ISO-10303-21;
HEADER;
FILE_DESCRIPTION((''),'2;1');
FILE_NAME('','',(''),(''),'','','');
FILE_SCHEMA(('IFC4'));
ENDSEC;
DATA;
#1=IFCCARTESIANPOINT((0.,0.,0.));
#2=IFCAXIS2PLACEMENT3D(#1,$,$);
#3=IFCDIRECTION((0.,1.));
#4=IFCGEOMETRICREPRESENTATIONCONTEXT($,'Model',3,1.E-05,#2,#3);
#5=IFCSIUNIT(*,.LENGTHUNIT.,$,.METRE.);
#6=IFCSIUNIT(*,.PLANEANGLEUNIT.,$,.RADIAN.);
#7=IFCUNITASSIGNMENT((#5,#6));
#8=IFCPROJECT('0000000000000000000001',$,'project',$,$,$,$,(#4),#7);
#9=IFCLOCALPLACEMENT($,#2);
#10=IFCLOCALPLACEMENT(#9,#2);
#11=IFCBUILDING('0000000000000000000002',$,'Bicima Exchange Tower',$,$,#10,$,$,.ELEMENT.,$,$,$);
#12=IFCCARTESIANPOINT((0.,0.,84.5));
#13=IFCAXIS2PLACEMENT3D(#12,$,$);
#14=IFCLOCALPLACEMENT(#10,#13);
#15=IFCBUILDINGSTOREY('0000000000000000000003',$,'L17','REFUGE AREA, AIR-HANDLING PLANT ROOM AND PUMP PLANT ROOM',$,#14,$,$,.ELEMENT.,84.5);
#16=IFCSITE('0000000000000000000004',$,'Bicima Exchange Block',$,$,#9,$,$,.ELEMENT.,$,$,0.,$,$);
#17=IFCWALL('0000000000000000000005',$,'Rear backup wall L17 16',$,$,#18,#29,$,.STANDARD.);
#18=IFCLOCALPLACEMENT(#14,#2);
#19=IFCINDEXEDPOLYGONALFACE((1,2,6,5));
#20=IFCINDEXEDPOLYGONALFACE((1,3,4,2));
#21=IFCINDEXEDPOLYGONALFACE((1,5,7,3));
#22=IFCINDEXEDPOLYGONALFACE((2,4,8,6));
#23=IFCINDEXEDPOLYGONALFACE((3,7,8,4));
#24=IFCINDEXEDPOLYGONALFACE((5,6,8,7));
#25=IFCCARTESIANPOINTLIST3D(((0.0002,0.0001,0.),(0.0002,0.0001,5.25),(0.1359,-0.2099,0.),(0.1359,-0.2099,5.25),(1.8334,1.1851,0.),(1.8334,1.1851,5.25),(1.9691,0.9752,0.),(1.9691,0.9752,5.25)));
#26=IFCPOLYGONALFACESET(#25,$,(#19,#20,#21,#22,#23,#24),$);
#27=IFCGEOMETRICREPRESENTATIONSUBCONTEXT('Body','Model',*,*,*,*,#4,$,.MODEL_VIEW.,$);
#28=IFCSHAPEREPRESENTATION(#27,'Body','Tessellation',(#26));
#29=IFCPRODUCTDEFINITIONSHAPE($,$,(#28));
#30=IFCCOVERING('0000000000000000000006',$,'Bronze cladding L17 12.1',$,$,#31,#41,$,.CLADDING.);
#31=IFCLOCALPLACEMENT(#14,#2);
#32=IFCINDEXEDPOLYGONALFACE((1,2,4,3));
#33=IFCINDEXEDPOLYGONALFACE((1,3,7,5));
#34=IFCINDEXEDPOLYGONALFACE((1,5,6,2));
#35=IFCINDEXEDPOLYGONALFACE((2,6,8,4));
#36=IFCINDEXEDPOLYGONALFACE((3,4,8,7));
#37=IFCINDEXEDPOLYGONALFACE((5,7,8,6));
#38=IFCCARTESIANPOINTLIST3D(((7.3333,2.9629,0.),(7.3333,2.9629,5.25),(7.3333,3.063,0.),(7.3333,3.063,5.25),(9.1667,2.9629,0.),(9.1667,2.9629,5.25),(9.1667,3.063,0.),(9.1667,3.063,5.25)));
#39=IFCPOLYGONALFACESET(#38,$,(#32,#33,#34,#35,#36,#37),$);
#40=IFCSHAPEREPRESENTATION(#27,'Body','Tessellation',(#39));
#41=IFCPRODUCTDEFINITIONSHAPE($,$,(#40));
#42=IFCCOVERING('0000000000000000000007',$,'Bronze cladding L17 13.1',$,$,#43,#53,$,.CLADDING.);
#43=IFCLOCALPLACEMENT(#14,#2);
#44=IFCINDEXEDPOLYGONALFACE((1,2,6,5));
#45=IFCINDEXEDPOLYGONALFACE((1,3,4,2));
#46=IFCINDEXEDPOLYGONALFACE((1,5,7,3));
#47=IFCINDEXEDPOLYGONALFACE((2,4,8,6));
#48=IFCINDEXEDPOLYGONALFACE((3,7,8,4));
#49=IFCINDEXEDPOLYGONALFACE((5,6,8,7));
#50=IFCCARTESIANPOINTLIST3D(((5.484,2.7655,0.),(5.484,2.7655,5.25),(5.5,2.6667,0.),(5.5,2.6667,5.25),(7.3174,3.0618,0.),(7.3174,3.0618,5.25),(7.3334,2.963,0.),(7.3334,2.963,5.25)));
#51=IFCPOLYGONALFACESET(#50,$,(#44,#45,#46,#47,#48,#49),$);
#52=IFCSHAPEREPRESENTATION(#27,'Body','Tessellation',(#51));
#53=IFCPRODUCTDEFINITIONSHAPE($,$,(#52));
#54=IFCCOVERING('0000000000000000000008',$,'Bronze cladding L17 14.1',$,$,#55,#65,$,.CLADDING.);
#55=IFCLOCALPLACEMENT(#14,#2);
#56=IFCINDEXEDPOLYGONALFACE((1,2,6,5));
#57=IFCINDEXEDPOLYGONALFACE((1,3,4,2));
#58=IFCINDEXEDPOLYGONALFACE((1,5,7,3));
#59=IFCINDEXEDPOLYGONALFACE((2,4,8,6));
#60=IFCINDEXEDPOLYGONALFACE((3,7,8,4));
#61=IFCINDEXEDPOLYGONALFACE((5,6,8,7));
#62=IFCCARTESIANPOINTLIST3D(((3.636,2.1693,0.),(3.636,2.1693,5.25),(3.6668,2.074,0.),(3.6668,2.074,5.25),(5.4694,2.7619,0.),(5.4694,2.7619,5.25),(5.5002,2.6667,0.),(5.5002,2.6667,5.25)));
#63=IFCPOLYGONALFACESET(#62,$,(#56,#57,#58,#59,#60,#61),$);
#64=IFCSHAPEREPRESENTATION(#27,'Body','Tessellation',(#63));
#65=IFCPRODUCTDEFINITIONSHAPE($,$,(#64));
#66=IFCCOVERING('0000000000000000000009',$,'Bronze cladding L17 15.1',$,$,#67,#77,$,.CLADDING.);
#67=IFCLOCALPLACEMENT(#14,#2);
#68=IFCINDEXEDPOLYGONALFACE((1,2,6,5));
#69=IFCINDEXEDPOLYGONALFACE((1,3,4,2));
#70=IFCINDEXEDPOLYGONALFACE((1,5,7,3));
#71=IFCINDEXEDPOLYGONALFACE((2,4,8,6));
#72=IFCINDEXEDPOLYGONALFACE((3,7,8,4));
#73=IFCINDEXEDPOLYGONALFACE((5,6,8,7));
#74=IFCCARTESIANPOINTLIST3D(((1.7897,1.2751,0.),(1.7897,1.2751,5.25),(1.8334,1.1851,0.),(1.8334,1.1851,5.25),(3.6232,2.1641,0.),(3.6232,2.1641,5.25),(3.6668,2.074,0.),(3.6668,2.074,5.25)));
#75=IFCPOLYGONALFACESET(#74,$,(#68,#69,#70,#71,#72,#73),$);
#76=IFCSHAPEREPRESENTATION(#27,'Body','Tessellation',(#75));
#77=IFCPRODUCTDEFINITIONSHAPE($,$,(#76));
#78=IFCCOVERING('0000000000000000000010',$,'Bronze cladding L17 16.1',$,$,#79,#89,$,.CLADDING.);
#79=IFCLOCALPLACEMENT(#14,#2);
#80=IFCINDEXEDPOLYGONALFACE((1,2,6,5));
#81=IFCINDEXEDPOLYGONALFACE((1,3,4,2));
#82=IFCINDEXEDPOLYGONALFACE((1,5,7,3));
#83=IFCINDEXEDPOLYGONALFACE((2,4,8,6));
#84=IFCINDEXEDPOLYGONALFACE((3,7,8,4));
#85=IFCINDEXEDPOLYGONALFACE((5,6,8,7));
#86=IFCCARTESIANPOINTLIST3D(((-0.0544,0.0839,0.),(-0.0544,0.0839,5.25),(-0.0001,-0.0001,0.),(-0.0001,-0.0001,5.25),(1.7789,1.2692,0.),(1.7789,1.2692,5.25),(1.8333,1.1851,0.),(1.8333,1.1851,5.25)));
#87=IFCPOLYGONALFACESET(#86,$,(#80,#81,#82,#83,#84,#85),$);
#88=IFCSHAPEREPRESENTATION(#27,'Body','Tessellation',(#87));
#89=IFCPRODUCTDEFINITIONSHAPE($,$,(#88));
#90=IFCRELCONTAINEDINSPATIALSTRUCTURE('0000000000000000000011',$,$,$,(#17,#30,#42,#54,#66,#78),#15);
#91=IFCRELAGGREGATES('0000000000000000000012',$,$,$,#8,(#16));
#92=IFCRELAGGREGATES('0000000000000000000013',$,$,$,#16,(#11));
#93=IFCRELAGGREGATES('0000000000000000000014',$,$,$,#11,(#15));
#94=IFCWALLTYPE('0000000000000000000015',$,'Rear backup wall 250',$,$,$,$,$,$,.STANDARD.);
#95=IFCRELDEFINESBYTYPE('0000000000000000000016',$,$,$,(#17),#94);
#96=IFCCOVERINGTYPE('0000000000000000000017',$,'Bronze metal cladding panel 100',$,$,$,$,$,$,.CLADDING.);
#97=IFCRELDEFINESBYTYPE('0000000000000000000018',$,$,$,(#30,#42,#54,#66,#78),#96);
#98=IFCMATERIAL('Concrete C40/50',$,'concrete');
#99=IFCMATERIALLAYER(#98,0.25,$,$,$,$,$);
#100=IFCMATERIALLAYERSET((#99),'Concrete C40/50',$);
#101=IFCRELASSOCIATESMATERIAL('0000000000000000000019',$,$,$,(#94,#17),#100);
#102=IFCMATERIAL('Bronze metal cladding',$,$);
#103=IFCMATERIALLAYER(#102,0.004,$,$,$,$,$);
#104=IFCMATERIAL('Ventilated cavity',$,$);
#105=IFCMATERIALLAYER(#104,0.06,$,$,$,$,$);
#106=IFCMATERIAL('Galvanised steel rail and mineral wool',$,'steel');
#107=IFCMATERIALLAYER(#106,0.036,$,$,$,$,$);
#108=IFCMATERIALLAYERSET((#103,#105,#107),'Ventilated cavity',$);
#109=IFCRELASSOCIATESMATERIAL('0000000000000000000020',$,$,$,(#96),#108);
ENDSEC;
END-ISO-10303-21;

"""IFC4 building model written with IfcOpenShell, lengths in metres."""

from ifc_helpers import new_model, si_unit, direction, frame, frame_2d, origin, origin_2d, place, context, subcontext, project, spatial, rectangle, extrude, material, layer, layer_set, layer_usage, type_object, element, save


model = new_model("IFC4")

# Units and contexts
model_context = context("Model", 3, precision=1e-05, world=origin(), true_north=direction((0.0, 1.0)))
body_context = subcontext(model_context, "Body", "Model", "MODEL_VIEW")
ifc_project = project(units=[si_unit("LENGTHUNIT", "METRE"), si_unit("PLANEANGLEUNIT", "RADIAN")], contexts=[model_context])

# Site, building, storey
site_placement = place(None, origin())
site = spatial("IfcSite", under=ifc_project, at=site_placement, Name="Bicima Exchange Block", CompositionType="ELEMENT", RefElevation=0.0)
building_placement = place(site_placement, origin())
building = spatial("IfcBuilding", under=site, at=building_placement, Name="Bicima Exchange Tower", CompositionType="ELEMENT")
storey_placement = place(building_placement, frame((0.0, 0.0, 84.5)))
storey = spatial("IfcBuildingStorey", under=building, at=storey_placement, Name="L17", Description="REFUGE AREA, AIR-HANDLING PLANT ROOM AND PUMP PLANT ROOM", CompositionType="ELEMENT", Elevation=84.5)

# Wall
ifc_material_1 = material(Name="Concrete C40/50", Category="concrete")
ifc_layer_1 = layer(ifc_material_1, 0.25)
ifc_layer_set_1 = layer_set([ifc_layer_1], Name="Concrete C40/50")
ifc_layer_usage = layer_usage(ifc_layer_set_1, "AXIS2", "POSITIVE", -0.125)
wall_type = type_object("IfcWallType", Name="Rear backup wall 250", PredefinedType="STANDARD", material=ifc_layer_set_1)
wall_1_placement = place(storey_placement, frame((1.9011, 1.0801, 0.0), z_axis=(0.0, 0.0, 1.0), x_axis=(-0.839813, -0.542876, 0.0)))
element("IfcWall", 1, at=wall_1_placement, inside=storey, type_object=wall_type, material=ifc_layer_usage, Name="Rear backup wall L17 16", PredefinedType="STANDARD", context=body_context, shape_type="SweptSolid", body=[
    extrude(rectangle(XDim=2.1829, YDim=0.25, at=frame_2d((1.0913, 0.0))), origin(), (0.0, 0.0, 1.0), 5.25),
])

# Coverings
ifc_material_2 = material(Name="Bronze metal cladding")
ifc_layer_2 = layer(ifc_material_2, 0.004)
ifc_material_3 = material(Name="Ventilated cavity")
ifc_layer_3 = layer(ifc_material_3, 0.06)
ifc_material_4 = material(Name="Galvanised steel rail and mineral wool", Category="steel")
ifc_layer_4 = layer(ifc_material_4, 0.036)
ifc_layer_set_2 = layer_set([ifc_layer_2, ifc_layer_3, ifc_layer_4], Name="Ventilated cavity")
covering_type = type_object("IfcCoveringType", Name="Bronze metal cladding panel 100", PredefinedType="CLADDING", material=ifc_layer_set_2)
covering_1_placement = place(storey_placement, frame((8.25, 3.0129, 0.0), z_axis=(0.0, 0.0, 1.0), x_axis=(-1.0, 0.0, 0.0)))
element("IfcCovering", 2, at=covering_1_placement, inside=storey, type_object=covering_type, Name="Bronze cladding L17 12.1", PredefinedType="CLADDING", context=body_context, shape_type="SweptSolid", body=[
    extrude(rectangle(XDim=1.8335, YDim=0.1001, at=origin_2d()), origin(), (0.0, 0.0, 1.0), 5.25),
])
covering_2_placement = place(storey_placement, frame((6.4087, 2.8643, 0.0), z_axis=(0.0, 0.0, 1.0), x_axis=(-0.98719, -0.15955, 0.0)))
element("IfcCovering", 3, at=covering_2_placement, inside=storey, type_object=covering_type, Name="Bronze cladding L17 13.1", PredefinedType="CLADDING", context=body_context, shape_type="SweptSolid", body=[
    extrude(rectangle(XDim=1.8572, YDim=0.1001, at=origin_2d()), origin(), (0.0, 0.0, 1.0), 5.25),
])
covering_3_placement = place(storey_placement, frame((4.5681, 2.418, 0.0), z_axis=(0.0, 0.0, 1.0), x_axis=(-0.951525, -0.307573, 0.0)))
element("IfcCovering", 4, at=covering_3_placement, inside=storey, type_object=covering_type, Name="Bronze cladding L17 14.1", PredefinedType="CLADDING", context=body_context, shape_type="SweptSolid", body=[
    extrude(rectangle(XDim=1.9268, YDim=0.1001, at=origin_2d()), origin(), (0.0, 0.0, 1.0), 5.25),
])
covering_4_placement = place(storey_placement, frame((2.7283, 1.6746, 0.0), z_axis=(0.0, 0.0, 1.0), x_axis=(-0.899818, -0.436265, 0.0)))
element("IfcCovering", 5, at=covering_4_placement, inside=storey, type_object=covering_type, Name="Bronze cladding L17 15.1", PredefinedType="CLADDING", context=body_context, shape_type="SweptSolid", body=[
    extrude(rectangle(XDim=2.0376, YDim=0.1001, at=origin_2d()), origin(), (0.0, 0.0, 1.0), 5.25),
])
covering_5_placement = place(storey_placement, frame((0.8894, 0.6345, 0.0), z_axis=(0.0, 0.0, 1.0), x_axis=(-0.83979, -0.542911, 0.0)))
element("IfcCovering", 6, at=covering_5_placement, inside=storey, type_object=covering_type, Name="Bronze cladding L17 16.1", PredefinedType="CLADDING", context=body_context, shape_type="SweptSolid", body=[
    extrude(rectangle(XDim=2.1831, YDim=0.1001, at=origin_2d()), origin(), (0.0, 0.0, 1.0), 5.25),
])

save(model, "model.ifc")
